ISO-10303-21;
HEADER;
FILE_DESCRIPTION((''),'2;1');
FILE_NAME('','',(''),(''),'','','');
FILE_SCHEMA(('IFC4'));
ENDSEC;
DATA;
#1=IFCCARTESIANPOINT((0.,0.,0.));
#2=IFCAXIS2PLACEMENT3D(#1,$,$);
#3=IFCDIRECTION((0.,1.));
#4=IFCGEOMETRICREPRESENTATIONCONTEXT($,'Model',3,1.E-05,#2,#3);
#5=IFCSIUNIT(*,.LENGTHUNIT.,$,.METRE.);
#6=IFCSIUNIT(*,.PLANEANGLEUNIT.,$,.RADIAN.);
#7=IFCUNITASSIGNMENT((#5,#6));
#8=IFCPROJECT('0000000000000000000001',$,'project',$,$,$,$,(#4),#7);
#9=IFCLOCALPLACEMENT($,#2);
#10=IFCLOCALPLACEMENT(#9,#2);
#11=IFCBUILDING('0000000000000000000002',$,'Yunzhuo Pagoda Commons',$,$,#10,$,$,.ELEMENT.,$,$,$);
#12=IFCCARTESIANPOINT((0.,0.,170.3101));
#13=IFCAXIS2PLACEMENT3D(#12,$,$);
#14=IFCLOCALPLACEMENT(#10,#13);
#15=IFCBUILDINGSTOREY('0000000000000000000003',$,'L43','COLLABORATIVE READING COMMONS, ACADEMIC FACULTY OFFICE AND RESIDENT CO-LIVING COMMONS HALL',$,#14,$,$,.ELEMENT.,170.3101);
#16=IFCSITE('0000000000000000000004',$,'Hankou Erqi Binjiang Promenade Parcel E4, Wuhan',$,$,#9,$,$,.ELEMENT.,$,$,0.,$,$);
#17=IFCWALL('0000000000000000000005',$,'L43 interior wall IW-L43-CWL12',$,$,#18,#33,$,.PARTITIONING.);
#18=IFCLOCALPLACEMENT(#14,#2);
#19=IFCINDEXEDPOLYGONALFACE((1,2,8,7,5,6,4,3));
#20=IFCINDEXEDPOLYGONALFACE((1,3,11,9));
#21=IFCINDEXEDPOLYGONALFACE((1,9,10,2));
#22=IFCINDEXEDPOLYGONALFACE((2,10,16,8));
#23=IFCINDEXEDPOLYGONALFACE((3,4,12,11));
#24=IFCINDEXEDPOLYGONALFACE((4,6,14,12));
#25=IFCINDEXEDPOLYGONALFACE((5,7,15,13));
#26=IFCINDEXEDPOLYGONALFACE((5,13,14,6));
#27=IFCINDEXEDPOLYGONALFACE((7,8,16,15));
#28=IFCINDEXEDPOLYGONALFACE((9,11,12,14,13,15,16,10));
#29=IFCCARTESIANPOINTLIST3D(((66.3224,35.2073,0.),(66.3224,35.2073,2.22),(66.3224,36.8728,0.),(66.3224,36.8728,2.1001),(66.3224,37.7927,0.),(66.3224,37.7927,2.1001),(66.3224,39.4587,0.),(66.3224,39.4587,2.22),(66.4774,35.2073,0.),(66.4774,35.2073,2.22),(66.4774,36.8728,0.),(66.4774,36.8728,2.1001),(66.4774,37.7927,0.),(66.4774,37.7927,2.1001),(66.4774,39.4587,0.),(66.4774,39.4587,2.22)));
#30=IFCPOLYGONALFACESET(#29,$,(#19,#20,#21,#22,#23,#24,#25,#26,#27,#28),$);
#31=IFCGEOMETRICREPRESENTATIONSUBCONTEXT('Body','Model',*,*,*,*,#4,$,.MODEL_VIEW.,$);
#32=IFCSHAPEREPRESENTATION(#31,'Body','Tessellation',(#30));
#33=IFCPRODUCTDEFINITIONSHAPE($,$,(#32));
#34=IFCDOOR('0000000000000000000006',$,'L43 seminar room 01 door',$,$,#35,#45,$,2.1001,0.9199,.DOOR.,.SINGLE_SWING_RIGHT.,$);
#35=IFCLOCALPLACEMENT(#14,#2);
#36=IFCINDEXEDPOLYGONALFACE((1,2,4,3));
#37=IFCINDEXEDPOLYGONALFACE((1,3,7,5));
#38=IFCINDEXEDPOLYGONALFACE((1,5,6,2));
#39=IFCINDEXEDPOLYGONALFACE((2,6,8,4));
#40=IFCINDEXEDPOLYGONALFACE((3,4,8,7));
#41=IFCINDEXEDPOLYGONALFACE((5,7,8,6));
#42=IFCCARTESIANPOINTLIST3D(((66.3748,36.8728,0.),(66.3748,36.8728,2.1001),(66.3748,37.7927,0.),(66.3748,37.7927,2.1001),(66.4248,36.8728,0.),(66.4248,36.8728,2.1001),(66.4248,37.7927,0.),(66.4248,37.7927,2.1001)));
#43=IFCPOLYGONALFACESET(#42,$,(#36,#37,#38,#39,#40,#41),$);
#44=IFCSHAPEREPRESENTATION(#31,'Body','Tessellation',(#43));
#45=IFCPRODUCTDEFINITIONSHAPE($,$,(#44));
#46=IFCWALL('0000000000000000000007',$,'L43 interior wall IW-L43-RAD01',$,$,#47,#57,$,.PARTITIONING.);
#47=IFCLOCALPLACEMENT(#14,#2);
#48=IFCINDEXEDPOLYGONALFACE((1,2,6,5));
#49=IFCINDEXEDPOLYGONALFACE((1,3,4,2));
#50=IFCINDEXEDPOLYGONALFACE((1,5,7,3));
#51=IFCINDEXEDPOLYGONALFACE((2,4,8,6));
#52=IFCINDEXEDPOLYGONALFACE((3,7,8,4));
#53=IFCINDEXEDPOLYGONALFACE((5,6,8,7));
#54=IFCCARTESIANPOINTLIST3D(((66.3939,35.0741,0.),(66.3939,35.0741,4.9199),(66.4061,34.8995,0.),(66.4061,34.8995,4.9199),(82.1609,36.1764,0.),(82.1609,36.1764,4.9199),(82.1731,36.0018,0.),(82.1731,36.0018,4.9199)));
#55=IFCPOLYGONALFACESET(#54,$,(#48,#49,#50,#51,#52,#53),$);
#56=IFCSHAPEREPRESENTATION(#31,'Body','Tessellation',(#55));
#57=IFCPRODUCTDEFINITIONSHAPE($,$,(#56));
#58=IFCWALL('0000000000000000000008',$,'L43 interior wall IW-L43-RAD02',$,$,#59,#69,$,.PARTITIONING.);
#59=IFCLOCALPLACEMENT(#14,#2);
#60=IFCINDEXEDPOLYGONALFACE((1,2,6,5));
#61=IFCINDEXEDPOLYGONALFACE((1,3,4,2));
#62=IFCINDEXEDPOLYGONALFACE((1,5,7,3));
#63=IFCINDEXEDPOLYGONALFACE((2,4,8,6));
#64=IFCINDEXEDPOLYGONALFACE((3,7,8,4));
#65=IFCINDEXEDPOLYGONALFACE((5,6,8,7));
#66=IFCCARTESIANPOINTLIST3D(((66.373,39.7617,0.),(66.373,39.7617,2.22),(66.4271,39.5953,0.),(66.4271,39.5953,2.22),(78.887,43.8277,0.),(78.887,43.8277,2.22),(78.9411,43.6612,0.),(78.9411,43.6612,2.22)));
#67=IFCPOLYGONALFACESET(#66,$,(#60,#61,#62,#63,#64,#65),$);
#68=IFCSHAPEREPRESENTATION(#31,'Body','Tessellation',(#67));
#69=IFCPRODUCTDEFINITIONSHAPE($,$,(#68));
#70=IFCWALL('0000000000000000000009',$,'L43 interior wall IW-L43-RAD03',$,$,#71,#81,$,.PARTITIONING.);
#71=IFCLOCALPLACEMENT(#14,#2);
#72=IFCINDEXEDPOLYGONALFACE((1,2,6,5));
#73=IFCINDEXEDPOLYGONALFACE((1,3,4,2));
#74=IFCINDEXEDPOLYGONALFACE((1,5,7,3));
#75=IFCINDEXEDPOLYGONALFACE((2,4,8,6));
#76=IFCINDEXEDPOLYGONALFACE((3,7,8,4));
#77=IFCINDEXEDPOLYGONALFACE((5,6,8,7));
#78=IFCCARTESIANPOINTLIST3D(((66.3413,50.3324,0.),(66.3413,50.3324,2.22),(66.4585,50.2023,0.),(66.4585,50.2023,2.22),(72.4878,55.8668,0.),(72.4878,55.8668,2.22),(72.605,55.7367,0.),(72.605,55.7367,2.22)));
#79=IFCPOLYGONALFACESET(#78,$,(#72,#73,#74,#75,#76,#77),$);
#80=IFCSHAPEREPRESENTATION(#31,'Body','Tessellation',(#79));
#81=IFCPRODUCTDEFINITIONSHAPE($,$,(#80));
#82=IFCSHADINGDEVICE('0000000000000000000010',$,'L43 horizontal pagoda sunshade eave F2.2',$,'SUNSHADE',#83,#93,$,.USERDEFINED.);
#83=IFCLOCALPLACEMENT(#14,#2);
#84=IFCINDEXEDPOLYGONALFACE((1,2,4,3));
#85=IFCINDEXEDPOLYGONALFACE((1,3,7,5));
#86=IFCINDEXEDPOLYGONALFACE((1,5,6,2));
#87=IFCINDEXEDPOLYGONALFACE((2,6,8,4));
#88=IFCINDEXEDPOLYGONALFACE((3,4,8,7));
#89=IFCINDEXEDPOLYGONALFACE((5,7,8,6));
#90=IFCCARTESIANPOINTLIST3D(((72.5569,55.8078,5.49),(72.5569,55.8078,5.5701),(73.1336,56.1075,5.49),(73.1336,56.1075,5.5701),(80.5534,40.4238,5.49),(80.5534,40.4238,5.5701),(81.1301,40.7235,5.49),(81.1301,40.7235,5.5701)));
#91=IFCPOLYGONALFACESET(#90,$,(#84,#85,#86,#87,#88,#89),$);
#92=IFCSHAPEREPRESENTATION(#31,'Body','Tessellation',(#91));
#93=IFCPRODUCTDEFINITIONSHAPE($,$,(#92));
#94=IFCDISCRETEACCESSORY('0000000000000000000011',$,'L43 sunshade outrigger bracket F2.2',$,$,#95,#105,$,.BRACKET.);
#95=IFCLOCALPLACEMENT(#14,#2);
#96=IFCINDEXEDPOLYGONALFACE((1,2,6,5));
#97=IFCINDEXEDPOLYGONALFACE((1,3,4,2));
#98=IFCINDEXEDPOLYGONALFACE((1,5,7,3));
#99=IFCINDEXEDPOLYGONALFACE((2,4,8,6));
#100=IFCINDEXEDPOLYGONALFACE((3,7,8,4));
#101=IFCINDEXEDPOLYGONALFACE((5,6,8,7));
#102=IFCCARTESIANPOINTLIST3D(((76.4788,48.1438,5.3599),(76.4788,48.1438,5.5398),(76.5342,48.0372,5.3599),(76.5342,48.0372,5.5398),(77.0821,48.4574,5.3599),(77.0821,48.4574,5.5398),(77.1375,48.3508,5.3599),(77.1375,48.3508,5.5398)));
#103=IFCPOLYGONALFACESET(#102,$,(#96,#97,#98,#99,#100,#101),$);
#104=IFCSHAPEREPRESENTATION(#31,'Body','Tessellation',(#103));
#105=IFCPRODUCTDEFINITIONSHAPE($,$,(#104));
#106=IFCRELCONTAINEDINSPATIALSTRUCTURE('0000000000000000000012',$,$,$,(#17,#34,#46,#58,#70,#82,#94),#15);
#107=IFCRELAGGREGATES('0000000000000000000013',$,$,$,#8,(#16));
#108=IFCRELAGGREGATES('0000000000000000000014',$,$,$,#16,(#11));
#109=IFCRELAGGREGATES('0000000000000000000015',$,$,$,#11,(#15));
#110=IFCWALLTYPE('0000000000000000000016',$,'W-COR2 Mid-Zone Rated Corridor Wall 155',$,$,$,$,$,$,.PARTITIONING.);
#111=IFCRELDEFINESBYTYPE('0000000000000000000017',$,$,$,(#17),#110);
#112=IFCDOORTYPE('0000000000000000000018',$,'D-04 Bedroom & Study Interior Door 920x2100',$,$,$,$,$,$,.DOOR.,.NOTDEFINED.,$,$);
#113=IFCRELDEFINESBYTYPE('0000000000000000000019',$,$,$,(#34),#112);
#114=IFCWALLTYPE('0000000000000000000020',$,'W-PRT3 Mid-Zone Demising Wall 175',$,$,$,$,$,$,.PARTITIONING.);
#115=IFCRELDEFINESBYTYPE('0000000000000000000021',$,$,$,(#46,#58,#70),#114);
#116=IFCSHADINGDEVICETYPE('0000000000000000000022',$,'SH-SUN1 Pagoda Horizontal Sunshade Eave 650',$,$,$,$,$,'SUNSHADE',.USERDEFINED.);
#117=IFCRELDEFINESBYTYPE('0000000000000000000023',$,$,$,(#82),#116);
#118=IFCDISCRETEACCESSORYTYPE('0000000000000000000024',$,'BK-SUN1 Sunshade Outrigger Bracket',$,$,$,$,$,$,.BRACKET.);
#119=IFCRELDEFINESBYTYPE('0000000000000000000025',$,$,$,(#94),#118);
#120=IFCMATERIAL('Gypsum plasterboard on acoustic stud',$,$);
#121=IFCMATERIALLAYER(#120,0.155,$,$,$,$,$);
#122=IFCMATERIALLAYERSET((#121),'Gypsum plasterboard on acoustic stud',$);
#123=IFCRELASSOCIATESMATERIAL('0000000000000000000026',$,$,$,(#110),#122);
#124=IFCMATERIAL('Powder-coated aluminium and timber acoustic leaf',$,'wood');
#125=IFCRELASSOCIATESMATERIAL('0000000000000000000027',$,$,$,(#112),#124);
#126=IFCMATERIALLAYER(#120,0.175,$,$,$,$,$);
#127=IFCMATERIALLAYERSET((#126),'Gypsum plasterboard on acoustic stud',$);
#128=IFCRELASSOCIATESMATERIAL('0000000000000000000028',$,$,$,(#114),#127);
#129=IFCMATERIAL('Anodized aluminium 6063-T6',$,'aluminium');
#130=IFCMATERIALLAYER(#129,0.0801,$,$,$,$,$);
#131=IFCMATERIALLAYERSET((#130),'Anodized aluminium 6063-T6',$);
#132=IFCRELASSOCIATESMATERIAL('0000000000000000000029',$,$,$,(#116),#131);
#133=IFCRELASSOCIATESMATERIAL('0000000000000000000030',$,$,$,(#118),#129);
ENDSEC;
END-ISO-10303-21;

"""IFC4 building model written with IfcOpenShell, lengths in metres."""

from ifc_helpers import new_model, si_unit, direction, frame, frame_2d, origin, origin_with_axes, origin_2d, place, context, subcontext, project, spatial, rectangle, extrude, source, transform, mapped, material, layer, layer_set, type_object, element, fill, save


model = new_model("IFC4")

# Units and contexts
model_context = context("Model", 3, precision=1e-05, world=origin(), true_north=direction((0.0, 1.0)))
body_context = subcontext(model_context, "Body", "Model", "MODEL_VIEW")
ifc_project = project(units=[si_unit("LENGTHUNIT", "METRE"), si_unit("PLANEANGLEUNIT", "RADIAN")], contexts=[model_context])

# Site, building, storey
site_placement = place(None, origin())
site = spatial("IfcSite", under=ifc_project, at=site_placement, Name="Hankou Erqi Binjiang Promenade Parcel E4, Wuhan", CompositionType="ELEMENT", RefElevation=0.0)
building_placement = place(site_placement, origin())
building = spatial("IfcBuilding", under=site, at=building_placement, Name="Yunzhuo Pagoda Commons", CompositionType="ELEMENT")
storey_placement = place(building_placement, frame((0.0, 0.0, 170.3101)))
storey = spatial("IfcBuildingStorey", under=building, at=storey_placement, Name="L43", Description="COLLABORATIVE READING COMMONS, ACADEMIC FACULTY OFFICE AND RESIDENT CO-LIVING COMMONS HALL", CompositionType="ELEMENT", Elevation=170.3101)

# Shared definitions
ifc_material_1 = material(Name="Anodized aluminium 6063-T6", Category="aluminium")

# Wall, opening, door
ifc_material_2 = material(Name="Gypsum plasterboard on acoustic stud")
ifc_layer_1 = layer(ifc_material_2, 0.155)
ifc_layer_set_1 = layer_set([ifc_layer_1], Name="Gypsum plasterboard on acoustic stud")
wall_type_1 = type_object("IfcWallType", Name="W-COR2 Mid-Zone Rated Corridor Wall 155", PredefinedType="PARTITIONING", material=ifc_layer_set_1)
ifc_material_3 = material(Name="Powder-coated aluminium and timber acoustic leaf", Category="wood")
door_type = type_object("IfcDoorType", Name="D-04 Bedroom & Study Interior Door 920x2100", OperationType="NOTDEFINED", PredefinedType="DOOR", material=ifc_material_3)
shared_shape_1 = source(origin(), body_context, "Body", "SweptSolid", [
    extrude(rectangle(XDim=0.9199, YDim=2.1001, at=frame_2d((0.46, 1.05))), frame((0.0, 0.0249, 0.0), z_axis=(0.0, -1.0, 0.0), x_axis=(1.0, 0.0, 0.0)), (0.0, 0.0, 1.0), 0.05),
])
wall_1_placement = place(storey_placement, frame((66.3999, 39.4587, 0.0), z_axis=(0.0, 0.0, 1.0), x_axis=(0.0, -1.0, 0.0)))
wall_1 = element("IfcWall", 1, at=wall_1_placement, inside=storey, type_object=wall_type_1, Name="L43 interior wall IW-L43-CWL12", PredefinedType="PARTITIONING", context=body_context, shape_type="SweptSolid", body=[
    extrude(rectangle(XDim=4.2515, YDim=0.155, at=frame_2d((2.1257, 0.0))), origin(), (0.0, 0.0, 1.0), 2.22),
])
opening_1_placement = place(wall_1_placement, frame((1.666, 0.0, 0.0)))
opening_1 = element("IfcOpeningElement", 2, at=opening_1_placement, cuts=wall_1, PredefinedType="OPENING", context=body_context, shape_type="SweptSolid", body=[
    extrude(rectangle(XDim=0.9199, YDim=2.1001, at=frame_2d((0.46, 1.05))), frame((0.0, 0.0874, 0.0), z_axis=(0.0, -1.0, 0.0), x_axis=(1.0, 0.0, 0.0)), (0.0, 0.0, 1.0), 0.175),
])
door_1_placement = place(opening_1_placement, origin_with_axes())
door_1 = element("IfcDoor", 3, at=door_1_placement, inside=storey, type_object=door_type, Name="L43 seminar room 01 door", OperationType="SINGLE_SWING_RIGHT", OverallHeight=2.1001, OverallWidth=0.9199, PredefinedType="DOOR", context=body_context, shape_type="MappedRepresentation", body=[
    mapped(shared_shape_1, transform((0.0, 0.0, 0.0), scale=1.0)),
])
fill(opening_1, door_1)

# Walls
ifc_layer_2 = layer(ifc_material_2, 0.175)
ifc_layer_set_2 = layer_set([ifc_layer_2], Name="Gypsum plasterboard on acoustic stud")
wall_type_2 = type_object("IfcWallType", Name="W-PRT3 Mid-Zone Demising Wall 175", PredefinedType="PARTITIONING", material=ifc_layer_set_2)
wall_2_placement = place(storey_placement, frame((66.3999, 34.9868, 0.0), z_axis=(0.0, 0.0, 1.0), x_axis=(0.997565, 0.069742, 0.0)))
element("IfcWall", 4, at=wall_2_placement, inside=storey, type_object=wall_type_2, Name="L43 interior wall IW-L43-RAD01", PredefinedType="PARTITIONING", context=body_context, shape_type="SweptSolid", body=[
    extrude(rectangle(XDim=15.8054, YDim=0.175, at=frame_2d((7.9028, 0.0))), origin(), (0.0, 0.0, 1.0), 4.9199),
])
wall_3_placement = place(storey_placement, frame((66.3999, 39.6785, 0.0), z_axis=(0.0, 0.0, 1.0), x_axis=(0.951059, 0.30901, 0.0)))
element("IfcWall", 5, at=wall_3_placement, inside=storey, type_object=wall_type_2, Name="L43 interior wall IW-L43-RAD02", PredefinedType="PARTITIONING", context=body_context, shape_type="SweptSolid", body=[
    extrude(rectangle(XDim=13.158, YDim=0.175, at=frame_2d((6.5791, 0.0))), origin(), (0.0, 0.0, 1.0), 2.22),
])
wall_4_placement = place(storey_placement, frame((66.3999, 50.2673, 0.0), z_axis=(0.0, 0.0, 1.0), x_axis=(0.743139, 0.669138, 0.0)))
element("IfcWall", 6, at=wall_4_placement, inside=storey, type_object=wall_type_2, Name="L43 interior wall IW-L43-RAD03", PredefinedType="PARTITIONING", context=body_context, shape_type="SweptSolid", body=[
    extrude(rectangle(XDim=8.271, YDim=0.175, at=frame_2d((4.1355, 0.0))), origin(), (0.0, 0.0, 1.0), 2.22),
])

# Shading device
ifc_layer_3 = layer(ifc_material_1, 0.0801)
ifc_layer_set_3 = layer_set([ifc_layer_3], Name="Anodized aluminium 6063-T6")
shading_device_type = type_object("IfcShadingDeviceType", Name="SH-SUN1 Pagoda Horizontal Sunshade Eave 650", ElementType="SUNSHADE", PredefinedType="USERDEFINED", material=ifc_layer_set_3)
shared_shape_2 = source(origin(), body_context, "Body", "SweptSolid", [
    extrude(rectangle(XDim=17.3381, YDim=0.6499, at=origin_2d()), origin(), (0.0, 0.0, 1.0), 0.0801),
])
shading_device_placement = place(storey_placement, frame((76.8435, 48.2656, 5.49), z_axis=(0.0, 0.0, 1.0), x_axis=(-0.461207, 0.887293, 0.0)))
element("IfcShadingDevice", 7, at=shading_device_placement, inside=storey, type_object=shading_device_type, Name="L43 horizontal pagoda sunshade eave F2.2", ObjectType="SUNSHADE", PredefinedType="USERDEFINED", context=body_context, shape_type="MappedRepresentation", body=[
    mapped(shared_shape_2, transform((0.0, 0.0, 0.0), scale=1.0)),
])

# Discrete accessory
discrete_accessory_type = type_object("IfcDiscreteAccessoryType", Name="BK-SUN1 Sunshade Outrigger Bracket", PredefinedType="BRACKET", material=ifc_material_1)
shared_shape_3 = source(origin(), body_context, "Body", "SweptSolid", [
    extrude(rectangle(XDim=0.1201, YDim=0.6799, at=origin_2d()), origin(), (0.0, 0.0, 1.0), 0.1799),
])
discrete_accessory_placement = place(storey_placement, frame((76.8081, 48.2473, 5.3599), z_axis=(0.0, 0.0, 1.0), x_axis=(-0.461207, 0.887293, 0.0)))
element("IfcDiscreteAccessory", 8, at=discrete_accessory_placement, inside=storey, type_object=discrete_accessory_type, Name="L43 sunshade outrigger bracket F2.2", PredefinedType="BRACKET", context=body_context, shape_type="MappedRepresentation", body=[
    mapped(shared_shape_3, transform((0.0, 0.0, 0.0), scale=1.0)),
])

save(model, "model.ifc")
